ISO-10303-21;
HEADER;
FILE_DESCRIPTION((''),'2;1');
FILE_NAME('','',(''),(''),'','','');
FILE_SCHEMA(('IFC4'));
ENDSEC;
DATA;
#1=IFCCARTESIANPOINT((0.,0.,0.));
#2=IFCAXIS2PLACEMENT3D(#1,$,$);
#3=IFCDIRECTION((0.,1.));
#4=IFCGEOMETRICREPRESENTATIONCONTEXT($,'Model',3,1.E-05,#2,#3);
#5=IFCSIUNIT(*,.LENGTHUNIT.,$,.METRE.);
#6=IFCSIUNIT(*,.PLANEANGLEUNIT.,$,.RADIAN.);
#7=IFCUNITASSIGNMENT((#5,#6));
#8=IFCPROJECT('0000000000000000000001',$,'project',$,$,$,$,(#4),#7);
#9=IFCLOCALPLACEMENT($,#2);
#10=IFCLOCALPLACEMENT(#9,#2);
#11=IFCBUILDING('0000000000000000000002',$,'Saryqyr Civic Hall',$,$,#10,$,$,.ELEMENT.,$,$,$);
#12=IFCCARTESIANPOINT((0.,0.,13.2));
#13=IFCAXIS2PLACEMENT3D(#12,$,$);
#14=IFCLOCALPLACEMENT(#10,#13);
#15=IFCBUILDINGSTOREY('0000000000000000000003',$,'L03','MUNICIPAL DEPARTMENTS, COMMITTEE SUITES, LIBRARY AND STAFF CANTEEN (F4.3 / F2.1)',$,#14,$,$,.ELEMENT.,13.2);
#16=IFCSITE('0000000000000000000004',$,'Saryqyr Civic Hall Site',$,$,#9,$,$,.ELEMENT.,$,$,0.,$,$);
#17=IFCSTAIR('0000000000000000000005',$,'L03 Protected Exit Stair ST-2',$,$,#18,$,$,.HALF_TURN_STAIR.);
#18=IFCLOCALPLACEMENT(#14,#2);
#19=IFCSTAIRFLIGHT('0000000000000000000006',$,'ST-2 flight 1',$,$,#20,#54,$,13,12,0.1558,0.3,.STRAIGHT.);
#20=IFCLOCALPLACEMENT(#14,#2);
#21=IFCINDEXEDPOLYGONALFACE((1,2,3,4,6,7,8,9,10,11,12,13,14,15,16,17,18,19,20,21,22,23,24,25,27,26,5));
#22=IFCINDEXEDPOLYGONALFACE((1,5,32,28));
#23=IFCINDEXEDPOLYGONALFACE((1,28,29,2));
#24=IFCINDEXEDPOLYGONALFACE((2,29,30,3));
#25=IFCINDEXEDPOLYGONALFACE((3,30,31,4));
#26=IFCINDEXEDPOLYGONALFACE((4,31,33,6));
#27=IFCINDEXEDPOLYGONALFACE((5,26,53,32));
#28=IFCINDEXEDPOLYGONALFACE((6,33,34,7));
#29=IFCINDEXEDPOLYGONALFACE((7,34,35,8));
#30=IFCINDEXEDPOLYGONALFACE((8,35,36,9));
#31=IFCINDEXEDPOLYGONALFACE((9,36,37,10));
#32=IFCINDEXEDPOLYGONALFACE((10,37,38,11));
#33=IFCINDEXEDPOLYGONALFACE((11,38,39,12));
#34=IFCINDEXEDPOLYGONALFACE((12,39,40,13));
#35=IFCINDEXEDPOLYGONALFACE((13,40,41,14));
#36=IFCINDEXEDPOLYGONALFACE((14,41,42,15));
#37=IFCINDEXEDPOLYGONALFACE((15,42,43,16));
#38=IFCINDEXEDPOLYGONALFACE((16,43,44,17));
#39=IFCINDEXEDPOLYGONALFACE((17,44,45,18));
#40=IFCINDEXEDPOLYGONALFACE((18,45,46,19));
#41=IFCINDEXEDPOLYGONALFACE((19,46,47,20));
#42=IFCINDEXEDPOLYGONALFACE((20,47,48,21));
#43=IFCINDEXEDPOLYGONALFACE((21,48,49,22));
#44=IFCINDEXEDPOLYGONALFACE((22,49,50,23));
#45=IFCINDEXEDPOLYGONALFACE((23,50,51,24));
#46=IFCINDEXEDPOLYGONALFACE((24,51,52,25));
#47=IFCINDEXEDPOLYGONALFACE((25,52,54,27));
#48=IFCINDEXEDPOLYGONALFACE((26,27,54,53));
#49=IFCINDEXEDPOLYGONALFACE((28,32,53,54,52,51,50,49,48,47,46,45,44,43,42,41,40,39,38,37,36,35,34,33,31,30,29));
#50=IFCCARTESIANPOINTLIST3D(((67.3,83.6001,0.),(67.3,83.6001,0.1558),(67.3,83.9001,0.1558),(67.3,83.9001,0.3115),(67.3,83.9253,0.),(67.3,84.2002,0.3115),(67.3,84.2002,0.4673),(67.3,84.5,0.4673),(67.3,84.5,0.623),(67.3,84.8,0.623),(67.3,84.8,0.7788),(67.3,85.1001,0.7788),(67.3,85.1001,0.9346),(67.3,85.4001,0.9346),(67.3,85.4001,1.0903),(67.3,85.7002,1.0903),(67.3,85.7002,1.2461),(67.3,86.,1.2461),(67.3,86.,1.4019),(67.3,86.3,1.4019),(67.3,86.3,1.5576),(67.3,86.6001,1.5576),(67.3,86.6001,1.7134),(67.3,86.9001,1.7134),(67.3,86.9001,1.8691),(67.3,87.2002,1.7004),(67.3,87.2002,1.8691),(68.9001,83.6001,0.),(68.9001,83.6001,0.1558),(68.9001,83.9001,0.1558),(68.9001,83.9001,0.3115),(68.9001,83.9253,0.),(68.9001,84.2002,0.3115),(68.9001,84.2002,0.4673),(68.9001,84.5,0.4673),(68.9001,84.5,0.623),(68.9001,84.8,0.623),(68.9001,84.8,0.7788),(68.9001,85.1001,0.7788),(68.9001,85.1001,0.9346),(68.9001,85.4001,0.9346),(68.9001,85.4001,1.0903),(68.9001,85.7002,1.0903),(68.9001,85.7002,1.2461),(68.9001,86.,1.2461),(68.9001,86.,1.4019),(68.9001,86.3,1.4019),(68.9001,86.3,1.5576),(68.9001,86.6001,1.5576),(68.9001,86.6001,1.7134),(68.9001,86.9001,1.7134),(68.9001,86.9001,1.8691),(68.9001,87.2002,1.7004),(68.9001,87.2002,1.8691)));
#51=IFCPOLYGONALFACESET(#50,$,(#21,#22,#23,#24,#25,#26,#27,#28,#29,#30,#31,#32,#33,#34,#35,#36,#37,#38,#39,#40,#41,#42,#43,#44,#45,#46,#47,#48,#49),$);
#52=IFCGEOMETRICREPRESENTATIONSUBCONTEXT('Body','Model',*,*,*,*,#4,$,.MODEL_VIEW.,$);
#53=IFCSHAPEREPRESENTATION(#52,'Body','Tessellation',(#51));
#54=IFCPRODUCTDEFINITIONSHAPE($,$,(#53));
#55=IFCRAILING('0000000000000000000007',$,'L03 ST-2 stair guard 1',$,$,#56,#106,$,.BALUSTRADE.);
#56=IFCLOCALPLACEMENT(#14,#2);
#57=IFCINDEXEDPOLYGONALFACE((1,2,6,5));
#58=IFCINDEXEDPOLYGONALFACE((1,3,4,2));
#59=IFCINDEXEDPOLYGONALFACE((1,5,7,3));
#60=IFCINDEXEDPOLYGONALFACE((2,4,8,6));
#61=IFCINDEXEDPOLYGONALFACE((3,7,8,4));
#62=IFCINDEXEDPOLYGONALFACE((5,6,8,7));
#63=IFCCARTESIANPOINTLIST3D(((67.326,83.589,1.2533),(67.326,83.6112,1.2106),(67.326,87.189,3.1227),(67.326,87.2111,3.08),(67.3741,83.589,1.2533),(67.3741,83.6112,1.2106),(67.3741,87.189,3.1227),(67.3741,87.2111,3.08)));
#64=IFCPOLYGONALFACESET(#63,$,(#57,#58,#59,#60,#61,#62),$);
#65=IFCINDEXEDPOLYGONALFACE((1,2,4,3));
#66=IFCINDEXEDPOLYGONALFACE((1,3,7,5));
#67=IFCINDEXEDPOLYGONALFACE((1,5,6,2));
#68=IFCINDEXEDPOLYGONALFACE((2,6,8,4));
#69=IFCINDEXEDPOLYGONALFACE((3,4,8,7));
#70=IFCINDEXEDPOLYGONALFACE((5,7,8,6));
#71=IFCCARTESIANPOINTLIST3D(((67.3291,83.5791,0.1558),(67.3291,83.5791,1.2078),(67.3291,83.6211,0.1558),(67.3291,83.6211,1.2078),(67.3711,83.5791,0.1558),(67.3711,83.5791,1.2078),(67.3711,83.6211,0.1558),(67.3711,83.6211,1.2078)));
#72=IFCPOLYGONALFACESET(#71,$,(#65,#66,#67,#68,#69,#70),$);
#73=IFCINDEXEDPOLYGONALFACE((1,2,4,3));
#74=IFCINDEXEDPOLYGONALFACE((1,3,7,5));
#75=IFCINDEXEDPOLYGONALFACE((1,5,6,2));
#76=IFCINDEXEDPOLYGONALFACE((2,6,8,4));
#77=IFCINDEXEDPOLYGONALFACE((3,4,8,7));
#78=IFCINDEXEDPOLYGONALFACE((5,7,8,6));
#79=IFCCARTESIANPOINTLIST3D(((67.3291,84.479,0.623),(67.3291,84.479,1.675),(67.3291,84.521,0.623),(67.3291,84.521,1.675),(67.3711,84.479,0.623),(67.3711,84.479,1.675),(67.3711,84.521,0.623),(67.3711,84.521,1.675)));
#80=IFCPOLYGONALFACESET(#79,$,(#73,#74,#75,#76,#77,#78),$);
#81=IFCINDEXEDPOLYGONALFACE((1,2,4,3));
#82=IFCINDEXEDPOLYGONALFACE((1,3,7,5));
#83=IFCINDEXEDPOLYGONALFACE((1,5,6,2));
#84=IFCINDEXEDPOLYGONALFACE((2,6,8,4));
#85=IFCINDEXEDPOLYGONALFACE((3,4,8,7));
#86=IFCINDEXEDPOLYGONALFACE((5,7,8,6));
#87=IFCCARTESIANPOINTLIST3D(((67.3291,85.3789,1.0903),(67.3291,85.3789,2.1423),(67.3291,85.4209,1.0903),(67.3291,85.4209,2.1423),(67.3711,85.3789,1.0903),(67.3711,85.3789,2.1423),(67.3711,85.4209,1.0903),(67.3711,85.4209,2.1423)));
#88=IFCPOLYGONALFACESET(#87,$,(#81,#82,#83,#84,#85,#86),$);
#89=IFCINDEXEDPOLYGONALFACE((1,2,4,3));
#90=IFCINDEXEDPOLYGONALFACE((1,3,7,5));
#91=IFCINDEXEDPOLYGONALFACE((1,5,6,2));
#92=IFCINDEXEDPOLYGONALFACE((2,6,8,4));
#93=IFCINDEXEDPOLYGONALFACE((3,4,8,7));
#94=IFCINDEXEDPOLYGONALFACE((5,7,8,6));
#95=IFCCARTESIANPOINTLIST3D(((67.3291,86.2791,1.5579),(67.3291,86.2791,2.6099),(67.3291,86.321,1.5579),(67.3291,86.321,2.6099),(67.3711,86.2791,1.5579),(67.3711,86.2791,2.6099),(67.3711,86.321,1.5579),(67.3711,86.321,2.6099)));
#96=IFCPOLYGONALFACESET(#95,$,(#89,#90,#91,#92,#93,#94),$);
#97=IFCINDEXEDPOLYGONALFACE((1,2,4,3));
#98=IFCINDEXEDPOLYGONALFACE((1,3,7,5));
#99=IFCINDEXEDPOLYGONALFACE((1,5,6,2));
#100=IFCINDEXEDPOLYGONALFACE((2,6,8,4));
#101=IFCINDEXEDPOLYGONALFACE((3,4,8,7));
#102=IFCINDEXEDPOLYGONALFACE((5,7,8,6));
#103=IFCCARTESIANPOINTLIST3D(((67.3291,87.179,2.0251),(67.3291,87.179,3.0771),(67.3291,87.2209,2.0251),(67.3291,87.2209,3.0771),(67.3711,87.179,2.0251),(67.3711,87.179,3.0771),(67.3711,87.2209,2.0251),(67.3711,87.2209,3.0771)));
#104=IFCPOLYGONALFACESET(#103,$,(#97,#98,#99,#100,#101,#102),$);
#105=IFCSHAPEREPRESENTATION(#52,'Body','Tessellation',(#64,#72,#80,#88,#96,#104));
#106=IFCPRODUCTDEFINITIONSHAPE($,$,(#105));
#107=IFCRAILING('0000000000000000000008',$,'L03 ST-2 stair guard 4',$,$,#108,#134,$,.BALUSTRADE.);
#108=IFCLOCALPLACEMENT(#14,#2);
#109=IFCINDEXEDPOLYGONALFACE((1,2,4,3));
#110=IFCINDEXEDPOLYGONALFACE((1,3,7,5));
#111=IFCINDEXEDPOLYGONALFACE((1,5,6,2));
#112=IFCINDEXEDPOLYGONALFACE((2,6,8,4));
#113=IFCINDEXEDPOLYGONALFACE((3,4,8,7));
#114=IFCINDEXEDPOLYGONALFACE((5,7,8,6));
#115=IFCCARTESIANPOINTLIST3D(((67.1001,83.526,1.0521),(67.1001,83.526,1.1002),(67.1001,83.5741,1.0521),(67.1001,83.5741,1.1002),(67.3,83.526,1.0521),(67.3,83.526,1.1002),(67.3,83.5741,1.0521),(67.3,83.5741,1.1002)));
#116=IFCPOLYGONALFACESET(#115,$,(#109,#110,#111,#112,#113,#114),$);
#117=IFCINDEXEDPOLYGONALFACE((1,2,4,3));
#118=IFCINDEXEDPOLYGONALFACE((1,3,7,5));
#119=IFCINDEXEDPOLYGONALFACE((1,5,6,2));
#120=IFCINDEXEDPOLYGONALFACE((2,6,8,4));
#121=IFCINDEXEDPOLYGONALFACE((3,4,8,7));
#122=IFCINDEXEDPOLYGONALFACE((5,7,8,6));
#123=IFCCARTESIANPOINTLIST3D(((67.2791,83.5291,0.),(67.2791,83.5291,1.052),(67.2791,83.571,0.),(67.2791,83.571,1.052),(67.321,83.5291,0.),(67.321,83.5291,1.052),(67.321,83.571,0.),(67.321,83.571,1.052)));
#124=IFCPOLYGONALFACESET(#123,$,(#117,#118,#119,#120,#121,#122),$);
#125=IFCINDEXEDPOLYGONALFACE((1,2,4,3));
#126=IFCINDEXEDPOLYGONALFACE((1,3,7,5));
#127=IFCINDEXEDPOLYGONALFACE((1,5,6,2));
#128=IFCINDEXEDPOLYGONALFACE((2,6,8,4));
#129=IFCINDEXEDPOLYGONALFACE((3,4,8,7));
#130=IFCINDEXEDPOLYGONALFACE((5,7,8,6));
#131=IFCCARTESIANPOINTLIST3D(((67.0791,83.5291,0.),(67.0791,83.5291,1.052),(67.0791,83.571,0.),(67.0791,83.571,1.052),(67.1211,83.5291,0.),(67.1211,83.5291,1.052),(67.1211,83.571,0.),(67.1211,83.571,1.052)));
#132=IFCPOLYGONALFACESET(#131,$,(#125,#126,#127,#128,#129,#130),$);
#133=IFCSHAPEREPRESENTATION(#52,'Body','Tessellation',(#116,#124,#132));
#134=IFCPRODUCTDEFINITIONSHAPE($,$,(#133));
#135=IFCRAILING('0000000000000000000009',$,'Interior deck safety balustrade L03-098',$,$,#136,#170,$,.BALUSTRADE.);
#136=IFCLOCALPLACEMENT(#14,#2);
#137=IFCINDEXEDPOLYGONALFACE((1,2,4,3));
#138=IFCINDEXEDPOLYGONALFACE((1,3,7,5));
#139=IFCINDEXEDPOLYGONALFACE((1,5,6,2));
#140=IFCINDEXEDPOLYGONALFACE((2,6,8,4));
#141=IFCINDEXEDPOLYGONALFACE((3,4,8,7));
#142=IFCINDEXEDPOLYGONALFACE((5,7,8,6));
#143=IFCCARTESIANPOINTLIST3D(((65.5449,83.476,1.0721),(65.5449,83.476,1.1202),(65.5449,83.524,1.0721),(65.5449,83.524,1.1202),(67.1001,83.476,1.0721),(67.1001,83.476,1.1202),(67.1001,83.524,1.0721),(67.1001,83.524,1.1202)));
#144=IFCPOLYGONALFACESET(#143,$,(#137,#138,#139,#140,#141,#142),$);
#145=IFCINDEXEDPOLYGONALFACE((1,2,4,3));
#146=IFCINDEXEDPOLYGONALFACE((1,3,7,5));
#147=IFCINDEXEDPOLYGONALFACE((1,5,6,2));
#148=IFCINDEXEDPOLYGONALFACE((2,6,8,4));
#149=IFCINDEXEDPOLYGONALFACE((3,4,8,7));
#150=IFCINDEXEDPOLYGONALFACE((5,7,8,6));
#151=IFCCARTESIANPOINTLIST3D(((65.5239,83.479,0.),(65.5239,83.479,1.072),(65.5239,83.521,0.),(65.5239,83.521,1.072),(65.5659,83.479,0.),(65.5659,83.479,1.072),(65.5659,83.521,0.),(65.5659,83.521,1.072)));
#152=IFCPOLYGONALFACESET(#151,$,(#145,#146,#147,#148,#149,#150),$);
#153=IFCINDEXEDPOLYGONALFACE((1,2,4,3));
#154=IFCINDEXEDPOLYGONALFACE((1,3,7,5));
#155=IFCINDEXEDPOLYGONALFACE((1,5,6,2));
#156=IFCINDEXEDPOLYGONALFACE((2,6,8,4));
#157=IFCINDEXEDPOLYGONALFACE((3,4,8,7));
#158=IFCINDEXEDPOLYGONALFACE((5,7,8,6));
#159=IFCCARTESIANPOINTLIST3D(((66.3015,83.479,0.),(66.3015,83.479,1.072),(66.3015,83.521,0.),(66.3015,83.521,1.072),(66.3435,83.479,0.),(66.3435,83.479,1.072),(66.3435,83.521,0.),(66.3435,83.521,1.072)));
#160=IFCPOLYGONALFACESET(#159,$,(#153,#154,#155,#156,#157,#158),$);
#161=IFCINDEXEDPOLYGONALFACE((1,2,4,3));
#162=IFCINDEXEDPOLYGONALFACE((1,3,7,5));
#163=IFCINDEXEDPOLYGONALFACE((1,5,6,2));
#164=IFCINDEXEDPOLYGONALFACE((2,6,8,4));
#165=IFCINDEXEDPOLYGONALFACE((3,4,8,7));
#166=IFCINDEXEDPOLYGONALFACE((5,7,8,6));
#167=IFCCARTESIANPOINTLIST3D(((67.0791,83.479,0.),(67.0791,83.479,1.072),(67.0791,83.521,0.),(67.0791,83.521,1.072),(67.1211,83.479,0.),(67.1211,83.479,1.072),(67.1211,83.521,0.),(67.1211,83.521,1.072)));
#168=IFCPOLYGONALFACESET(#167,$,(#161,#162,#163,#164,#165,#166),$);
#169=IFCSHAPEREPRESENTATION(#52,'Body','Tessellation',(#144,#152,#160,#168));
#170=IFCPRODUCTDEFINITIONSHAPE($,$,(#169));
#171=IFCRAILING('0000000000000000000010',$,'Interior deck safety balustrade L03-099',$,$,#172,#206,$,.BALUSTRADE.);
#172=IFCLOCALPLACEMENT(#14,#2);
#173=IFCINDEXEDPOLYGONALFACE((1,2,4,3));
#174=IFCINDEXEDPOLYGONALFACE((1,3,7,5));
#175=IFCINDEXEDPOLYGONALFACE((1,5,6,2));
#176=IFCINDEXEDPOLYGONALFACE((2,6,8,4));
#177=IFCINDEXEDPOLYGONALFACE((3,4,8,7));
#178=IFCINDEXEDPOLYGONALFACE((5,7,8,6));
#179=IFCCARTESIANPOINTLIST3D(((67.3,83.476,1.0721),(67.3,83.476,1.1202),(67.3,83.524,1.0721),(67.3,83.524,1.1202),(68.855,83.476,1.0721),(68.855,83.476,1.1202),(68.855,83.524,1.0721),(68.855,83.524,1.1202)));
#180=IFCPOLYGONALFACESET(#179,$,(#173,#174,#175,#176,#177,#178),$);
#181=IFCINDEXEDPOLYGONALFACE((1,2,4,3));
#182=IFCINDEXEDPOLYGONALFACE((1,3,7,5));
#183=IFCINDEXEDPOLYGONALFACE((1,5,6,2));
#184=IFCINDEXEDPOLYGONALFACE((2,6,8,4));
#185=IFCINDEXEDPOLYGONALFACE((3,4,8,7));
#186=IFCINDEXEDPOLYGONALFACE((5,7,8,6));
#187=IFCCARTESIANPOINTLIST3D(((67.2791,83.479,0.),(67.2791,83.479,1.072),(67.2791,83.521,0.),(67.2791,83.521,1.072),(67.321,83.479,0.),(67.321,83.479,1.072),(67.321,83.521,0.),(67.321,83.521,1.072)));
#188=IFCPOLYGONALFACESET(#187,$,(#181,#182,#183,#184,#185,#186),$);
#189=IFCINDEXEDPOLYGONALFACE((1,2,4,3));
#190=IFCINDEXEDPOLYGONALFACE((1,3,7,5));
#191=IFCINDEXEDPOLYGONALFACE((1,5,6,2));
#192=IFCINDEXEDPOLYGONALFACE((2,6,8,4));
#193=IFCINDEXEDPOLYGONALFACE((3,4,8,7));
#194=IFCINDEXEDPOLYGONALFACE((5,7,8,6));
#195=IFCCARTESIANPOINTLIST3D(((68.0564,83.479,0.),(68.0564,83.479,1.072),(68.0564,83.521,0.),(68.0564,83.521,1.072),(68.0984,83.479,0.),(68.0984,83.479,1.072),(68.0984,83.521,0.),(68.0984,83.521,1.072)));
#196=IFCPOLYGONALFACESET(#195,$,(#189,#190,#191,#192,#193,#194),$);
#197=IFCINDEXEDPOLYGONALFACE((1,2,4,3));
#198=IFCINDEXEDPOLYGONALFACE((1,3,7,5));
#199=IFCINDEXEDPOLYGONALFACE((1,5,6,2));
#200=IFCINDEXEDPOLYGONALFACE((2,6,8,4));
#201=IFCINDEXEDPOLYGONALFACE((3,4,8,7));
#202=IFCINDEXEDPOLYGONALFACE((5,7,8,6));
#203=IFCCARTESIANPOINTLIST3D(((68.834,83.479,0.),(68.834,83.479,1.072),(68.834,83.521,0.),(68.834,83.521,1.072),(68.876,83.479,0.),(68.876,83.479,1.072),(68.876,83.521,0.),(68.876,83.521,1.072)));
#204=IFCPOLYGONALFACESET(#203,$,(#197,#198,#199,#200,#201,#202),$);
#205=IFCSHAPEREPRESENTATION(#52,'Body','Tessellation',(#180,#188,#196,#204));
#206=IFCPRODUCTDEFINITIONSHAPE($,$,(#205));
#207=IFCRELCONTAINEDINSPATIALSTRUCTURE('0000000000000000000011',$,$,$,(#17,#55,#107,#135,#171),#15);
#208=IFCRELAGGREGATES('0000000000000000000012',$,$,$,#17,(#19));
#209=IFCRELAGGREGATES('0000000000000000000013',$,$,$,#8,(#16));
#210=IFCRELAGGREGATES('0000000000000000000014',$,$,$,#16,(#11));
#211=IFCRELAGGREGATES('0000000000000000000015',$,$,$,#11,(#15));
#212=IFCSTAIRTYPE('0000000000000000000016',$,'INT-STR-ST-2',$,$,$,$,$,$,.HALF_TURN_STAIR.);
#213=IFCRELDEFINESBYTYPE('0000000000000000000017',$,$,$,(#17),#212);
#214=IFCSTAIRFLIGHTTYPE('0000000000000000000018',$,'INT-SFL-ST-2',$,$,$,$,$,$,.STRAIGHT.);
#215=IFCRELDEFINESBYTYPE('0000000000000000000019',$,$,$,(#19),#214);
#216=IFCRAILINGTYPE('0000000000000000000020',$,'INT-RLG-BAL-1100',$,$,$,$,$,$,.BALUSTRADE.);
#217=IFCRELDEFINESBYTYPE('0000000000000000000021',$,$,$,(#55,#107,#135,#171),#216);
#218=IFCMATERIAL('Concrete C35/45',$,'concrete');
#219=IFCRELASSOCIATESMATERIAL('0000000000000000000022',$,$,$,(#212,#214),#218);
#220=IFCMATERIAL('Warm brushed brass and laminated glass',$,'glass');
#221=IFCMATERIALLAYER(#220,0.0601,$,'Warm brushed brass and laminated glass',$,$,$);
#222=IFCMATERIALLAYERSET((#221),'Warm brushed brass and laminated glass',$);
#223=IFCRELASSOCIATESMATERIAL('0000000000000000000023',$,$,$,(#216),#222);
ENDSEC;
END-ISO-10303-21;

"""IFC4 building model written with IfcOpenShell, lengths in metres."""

from ifc_helpers import new_model, si_unit, direction, frame, origin, origin_2d, place, context, subcontext, project, spatial, polyline, rectangle, outline, extrude, material, layer, layer_set, type_object, element, aggregate, save


model = new_model("IFC4")

# Units and contexts
model_context = context("Model", 3, precision=1e-05, world=origin(), true_north=direction((0.0, 1.0)))
body_context = subcontext(model_context, "Body", "Model", "MODEL_VIEW")
ifc_project = project(units=[si_unit("LENGTHUNIT", "METRE"), si_unit("PLANEANGLEUNIT", "RADIAN")], contexts=[model_context])

# Site, building, storey
site_placement = place(None, origin())
site = spatial("IfcSite", under=ifc_project, at=site_placement, Name="Saryqyr Civic Hall Site", CompositionType="ELEMENT", RefElevation=0.0)
building_placement = place(site_placement, origin())
building = spatial("IfcBuilding", under=site, at=building_placement, Name="Saryqyr Civic Hall", CompositionType="ELEMENT")
storey_placement = place(building_placement, frame((0.0, 0.0, 13.2)))
storey = spatial("IfcBuildingStorey", under=building, at=storey_placement, Name="L03", Description="MUNICIPAL DEPARTMENTS, COMMITTEE SUITES, LIBRARY AND STAFF CANTEEN (F4.3 / F2.1)", CompositionType="ELEMENT", Elevation=13.2)

# Stair, stair flight
ifc_material_1 = material(Name="Concrete C35/45", Category="concrete")
stair_type = type_object("IfcStairType", Name="INT-STR-ST-2", PredefinedType="HALF_TURN_STAIR", material=ifc_material_1)
stair_placement = place(storey_placement, origin())
stair = element("IfcStair", 1, at=stair_placement, inside=storey, type_object=stair_type, Name="L03 Protected Exit Stair ST-2", PredefinedType="HALF_TURN_STAIR")
stair_flight_type = type_object("IfcStairFlightType", Name="INT-SFL-ST-2", PredefinedType="STRAIGHT", material=ifc_material_1)
stair_flight_placement = place(storey_placement, frame((68.1001, 83.6001, 0.0), z_axis=(0.0, 0.0, 1.0), x_axis=(0.0, 1.0, 0.0)))
stair_flight = element("IfcStairFlight", 2, at=stair_flight_placement, type_object=stair_flight_type, Name="ST-2 flight 1", NumberOfRisers=13, NumberOfTreads=12, PredefinedType="STRAIGHT", RiserHeight=0.1558, TreadLength=0.3, context=body_context, shape_type="SweptSolid", body=[
    extrude(outline(polyline([(0.0, 0.0), (0.0, 0.1558), (0.3, 0.1558), (0.3, 0.3115), (0.6001, 0.3115), (0.6001, 0.4673), (0.8999, 0.4673), (0.8999, 0.623), (1.2, 0.623), (1.2, 0.7788), (1.5, 0.7788), (1.5, 0.9346), (1.8, 0.9346), (1.8, 1.0903), (2.1001, 1.0903), (2.1001, 1.2461), (2.3999, 1.2461), (2.3999, 1.4019), (2.7, 1.4019), (2.7, 1.5576), (3.0, 1.5576), (3.0, 1.7134), (3.3, 1.7134), (3.3, 1.8691), (3.6001, 1.8691), (3.6001, 2.0249), (3.6001, 1.7004), (0.3252, 0.0), (0.0, 0.0)])), frame((0.0, 0.8, 0.0), z_axis=(0.0, -1.0, 0.0), x_axis=(1.0, 0.0, 0.0)), (0.0, 0.0, 1.0), 1.6001),
])
aggregate(stair, [stair_flight])

# Railings
ifc_material_2 = material(Name="Warm brushed brass and laminated glass", Category="glass")
ifc_layer_1 = layer(ifc_material_2, 0.0601, Name="Warm brushed brass and laminated glass")
ifc_layer_set_1 = layer_set([ifc_layer_1], Name="Warm brushed brass and laminated glass")
railing_type_1 = type_object("IfcRailingType", Name="INT-RLG-BAL-1100", PredefinedType="BALUSTRADE", material=ifc_layer_set_1)
railing_1_placement = place(storey_placement, frame((67.3501, 83.6001, 0.1558)))
element("IfcRailing", 3, at=railing_1_placement, inside=storey, type_object=railing_type_1, Name="L03 ST-2 stair guard 1", PredefinedType="BALUSTRADE", context=body_context, shape_type="SweptSolid", body=[
    extrude(rectangle(XDim=0.0481, YDim=0.0481, at=origin_2d()), frame((0.0, 0.0, 1.0762), z_axis=(0.0, 0.887473, 0.46086), x_axis=(-1.0, 0.0, 0.0)), (0.0, 0.0, 1.0), 4.0564),
    extrude(rectangle(XDim=0.042, YDim=0.042, at=origin_2d()), origin(), (0.0, 0.0, 1.0), 1.052),
    extrude(rectangle(XDim=0.042, YDim=0.042, at=origin_2d()), frame((0.0, 0.8999, 0.4673)), (0.0, 0.0, 1.0), 1.052),
    extrude(rectangle(XDim=0.042, YDim=0.042, at=origin_2d()), frame((0.0, 1.7998, 0.9346)), (0.0, 0.0, 1.0), 1.052),
    extrude(rectangle(XDim=0.042, YDim=0.042, at=origin_2d()), frame((0.0, 2.7, 1.4021)), (0.0, 0.0, 1.0), 1.052),
    extrude(rectangle(XDim=0.042, YDim=0.042, at=origin_2d()), frame((0.0, 3.5999, 1.8694)), (0.0, 0.0, 1.0), 1.052),
])
railing_2_placement = place(storey_placement, frame((67.3, 83.55, 0.0)))
element("IfcRailing", 4, at=railing_2_placement, inside=storey, type_object=railing_type_1, Name="L03 ST-2 stair guard 4", PredefinedType="BALUSTRADE", context=body_context, shape_type="SweptSolid", body=[
    extrude(rectangle(XDim=0.0481, YDim=0.0481, at=origin_2d()), frame((0.0, 0.0, 1.0762), z_axis=(-1.0, 0.0, 0.0), x_axis=(0.0, -1.0, 0.0)), (0.0, 0.0, 1.0), 0.2),
    extrude(rectangle(XDim=0.042, YDim=0.042, at=origin_2d()), origin(), (0.0, 0.0, 1.0), 1.052),
    extrude(rectangle(XDim=0.042, YDim=0.042, at=origin_2d()), frame((-0.2, 0.0, 0.0)), (0.0, 0.0, 1.0), 1.052),
])
railing_3_placement = place(storey_placement, frame((65.5449, 83.5, 0.0)))
element("IfcRailing", 5, at=railing_3_placement, inside=storey, type_object=railing_type_1, Name="Interior deck safety balustrade L03-098", PredefinedType="BALUSTRADE", context=body_context, shape_type="SweptSolid", body=[
    extrude(rectangle(XDim=0.0481, YDim=0.0481, at=origin_2d()), frame((0.0, 0.0, 1.0962), z_axis=(1.0, 0.0, 0.0), x_axis=(0.0, 1.0, 0.0)), (0.0, 0.0, 1.0), 1.5552),
    extrude(rectangle(XDim=0.042, YDim=0.042, at=origin_2d()), origin(), (0.0, 0.0, 1.0), 1.072),
    extrude(rectangle(XDim=0.042, YDim=0.042, at=origin_2d()), frame((0.7776, 0.0, 0.0)), (0.0, 0.0, 1.0), 1.072),
    extrude(rectangle(XDim=0.042, YDim=0.042, at=origin_2d()), frame((1.5552, 0.0, 0.0)), (0.0, 0.0, 1.0), 1.072),
])
railing_4_placement = place(storey_placement, frame((67.3, 83.5, 0.0)))
element("IfcRailing", 6, at=railing_4_placement, inside=storey, type_object=railing_type_1, Name="Interior deck safety balustrade L03-099", PredefinedType="BALUSTRADE", context=body_context, shape_type="SweptSolid", body=[
    extrude(rectangle(XDim=0.0481, YDim=0.0481, at=origin_2d()), frame((0.0, 0.0, 1.0962), z_axis=(1.0, 0.0, 0.0), x_axis=(0.0, 1.0, 0.0)), (0.0, 0.0, 1.0), 1.5549),
    extrude(rectangle(XDim=0.042, YDim=0.042, at=origin_2d()), origin(), (0.0, 0.0, 1.0), 1.072),
    extrude(rectangle(XDim=0.042, YDim=0.042, at=origin_2d()), frame((0.7773, 0.0, 0.0)), (0.0, 0.0, 1.0), 1.072),
    extrude(rectangle(XDim=0.042, YDim=0.042, at=origin_2d()), frame((1.5549, 0.0, 0.0)), (0.0, 0.0, 1.0), 1.072),
])

save(model, "model.ifc")
